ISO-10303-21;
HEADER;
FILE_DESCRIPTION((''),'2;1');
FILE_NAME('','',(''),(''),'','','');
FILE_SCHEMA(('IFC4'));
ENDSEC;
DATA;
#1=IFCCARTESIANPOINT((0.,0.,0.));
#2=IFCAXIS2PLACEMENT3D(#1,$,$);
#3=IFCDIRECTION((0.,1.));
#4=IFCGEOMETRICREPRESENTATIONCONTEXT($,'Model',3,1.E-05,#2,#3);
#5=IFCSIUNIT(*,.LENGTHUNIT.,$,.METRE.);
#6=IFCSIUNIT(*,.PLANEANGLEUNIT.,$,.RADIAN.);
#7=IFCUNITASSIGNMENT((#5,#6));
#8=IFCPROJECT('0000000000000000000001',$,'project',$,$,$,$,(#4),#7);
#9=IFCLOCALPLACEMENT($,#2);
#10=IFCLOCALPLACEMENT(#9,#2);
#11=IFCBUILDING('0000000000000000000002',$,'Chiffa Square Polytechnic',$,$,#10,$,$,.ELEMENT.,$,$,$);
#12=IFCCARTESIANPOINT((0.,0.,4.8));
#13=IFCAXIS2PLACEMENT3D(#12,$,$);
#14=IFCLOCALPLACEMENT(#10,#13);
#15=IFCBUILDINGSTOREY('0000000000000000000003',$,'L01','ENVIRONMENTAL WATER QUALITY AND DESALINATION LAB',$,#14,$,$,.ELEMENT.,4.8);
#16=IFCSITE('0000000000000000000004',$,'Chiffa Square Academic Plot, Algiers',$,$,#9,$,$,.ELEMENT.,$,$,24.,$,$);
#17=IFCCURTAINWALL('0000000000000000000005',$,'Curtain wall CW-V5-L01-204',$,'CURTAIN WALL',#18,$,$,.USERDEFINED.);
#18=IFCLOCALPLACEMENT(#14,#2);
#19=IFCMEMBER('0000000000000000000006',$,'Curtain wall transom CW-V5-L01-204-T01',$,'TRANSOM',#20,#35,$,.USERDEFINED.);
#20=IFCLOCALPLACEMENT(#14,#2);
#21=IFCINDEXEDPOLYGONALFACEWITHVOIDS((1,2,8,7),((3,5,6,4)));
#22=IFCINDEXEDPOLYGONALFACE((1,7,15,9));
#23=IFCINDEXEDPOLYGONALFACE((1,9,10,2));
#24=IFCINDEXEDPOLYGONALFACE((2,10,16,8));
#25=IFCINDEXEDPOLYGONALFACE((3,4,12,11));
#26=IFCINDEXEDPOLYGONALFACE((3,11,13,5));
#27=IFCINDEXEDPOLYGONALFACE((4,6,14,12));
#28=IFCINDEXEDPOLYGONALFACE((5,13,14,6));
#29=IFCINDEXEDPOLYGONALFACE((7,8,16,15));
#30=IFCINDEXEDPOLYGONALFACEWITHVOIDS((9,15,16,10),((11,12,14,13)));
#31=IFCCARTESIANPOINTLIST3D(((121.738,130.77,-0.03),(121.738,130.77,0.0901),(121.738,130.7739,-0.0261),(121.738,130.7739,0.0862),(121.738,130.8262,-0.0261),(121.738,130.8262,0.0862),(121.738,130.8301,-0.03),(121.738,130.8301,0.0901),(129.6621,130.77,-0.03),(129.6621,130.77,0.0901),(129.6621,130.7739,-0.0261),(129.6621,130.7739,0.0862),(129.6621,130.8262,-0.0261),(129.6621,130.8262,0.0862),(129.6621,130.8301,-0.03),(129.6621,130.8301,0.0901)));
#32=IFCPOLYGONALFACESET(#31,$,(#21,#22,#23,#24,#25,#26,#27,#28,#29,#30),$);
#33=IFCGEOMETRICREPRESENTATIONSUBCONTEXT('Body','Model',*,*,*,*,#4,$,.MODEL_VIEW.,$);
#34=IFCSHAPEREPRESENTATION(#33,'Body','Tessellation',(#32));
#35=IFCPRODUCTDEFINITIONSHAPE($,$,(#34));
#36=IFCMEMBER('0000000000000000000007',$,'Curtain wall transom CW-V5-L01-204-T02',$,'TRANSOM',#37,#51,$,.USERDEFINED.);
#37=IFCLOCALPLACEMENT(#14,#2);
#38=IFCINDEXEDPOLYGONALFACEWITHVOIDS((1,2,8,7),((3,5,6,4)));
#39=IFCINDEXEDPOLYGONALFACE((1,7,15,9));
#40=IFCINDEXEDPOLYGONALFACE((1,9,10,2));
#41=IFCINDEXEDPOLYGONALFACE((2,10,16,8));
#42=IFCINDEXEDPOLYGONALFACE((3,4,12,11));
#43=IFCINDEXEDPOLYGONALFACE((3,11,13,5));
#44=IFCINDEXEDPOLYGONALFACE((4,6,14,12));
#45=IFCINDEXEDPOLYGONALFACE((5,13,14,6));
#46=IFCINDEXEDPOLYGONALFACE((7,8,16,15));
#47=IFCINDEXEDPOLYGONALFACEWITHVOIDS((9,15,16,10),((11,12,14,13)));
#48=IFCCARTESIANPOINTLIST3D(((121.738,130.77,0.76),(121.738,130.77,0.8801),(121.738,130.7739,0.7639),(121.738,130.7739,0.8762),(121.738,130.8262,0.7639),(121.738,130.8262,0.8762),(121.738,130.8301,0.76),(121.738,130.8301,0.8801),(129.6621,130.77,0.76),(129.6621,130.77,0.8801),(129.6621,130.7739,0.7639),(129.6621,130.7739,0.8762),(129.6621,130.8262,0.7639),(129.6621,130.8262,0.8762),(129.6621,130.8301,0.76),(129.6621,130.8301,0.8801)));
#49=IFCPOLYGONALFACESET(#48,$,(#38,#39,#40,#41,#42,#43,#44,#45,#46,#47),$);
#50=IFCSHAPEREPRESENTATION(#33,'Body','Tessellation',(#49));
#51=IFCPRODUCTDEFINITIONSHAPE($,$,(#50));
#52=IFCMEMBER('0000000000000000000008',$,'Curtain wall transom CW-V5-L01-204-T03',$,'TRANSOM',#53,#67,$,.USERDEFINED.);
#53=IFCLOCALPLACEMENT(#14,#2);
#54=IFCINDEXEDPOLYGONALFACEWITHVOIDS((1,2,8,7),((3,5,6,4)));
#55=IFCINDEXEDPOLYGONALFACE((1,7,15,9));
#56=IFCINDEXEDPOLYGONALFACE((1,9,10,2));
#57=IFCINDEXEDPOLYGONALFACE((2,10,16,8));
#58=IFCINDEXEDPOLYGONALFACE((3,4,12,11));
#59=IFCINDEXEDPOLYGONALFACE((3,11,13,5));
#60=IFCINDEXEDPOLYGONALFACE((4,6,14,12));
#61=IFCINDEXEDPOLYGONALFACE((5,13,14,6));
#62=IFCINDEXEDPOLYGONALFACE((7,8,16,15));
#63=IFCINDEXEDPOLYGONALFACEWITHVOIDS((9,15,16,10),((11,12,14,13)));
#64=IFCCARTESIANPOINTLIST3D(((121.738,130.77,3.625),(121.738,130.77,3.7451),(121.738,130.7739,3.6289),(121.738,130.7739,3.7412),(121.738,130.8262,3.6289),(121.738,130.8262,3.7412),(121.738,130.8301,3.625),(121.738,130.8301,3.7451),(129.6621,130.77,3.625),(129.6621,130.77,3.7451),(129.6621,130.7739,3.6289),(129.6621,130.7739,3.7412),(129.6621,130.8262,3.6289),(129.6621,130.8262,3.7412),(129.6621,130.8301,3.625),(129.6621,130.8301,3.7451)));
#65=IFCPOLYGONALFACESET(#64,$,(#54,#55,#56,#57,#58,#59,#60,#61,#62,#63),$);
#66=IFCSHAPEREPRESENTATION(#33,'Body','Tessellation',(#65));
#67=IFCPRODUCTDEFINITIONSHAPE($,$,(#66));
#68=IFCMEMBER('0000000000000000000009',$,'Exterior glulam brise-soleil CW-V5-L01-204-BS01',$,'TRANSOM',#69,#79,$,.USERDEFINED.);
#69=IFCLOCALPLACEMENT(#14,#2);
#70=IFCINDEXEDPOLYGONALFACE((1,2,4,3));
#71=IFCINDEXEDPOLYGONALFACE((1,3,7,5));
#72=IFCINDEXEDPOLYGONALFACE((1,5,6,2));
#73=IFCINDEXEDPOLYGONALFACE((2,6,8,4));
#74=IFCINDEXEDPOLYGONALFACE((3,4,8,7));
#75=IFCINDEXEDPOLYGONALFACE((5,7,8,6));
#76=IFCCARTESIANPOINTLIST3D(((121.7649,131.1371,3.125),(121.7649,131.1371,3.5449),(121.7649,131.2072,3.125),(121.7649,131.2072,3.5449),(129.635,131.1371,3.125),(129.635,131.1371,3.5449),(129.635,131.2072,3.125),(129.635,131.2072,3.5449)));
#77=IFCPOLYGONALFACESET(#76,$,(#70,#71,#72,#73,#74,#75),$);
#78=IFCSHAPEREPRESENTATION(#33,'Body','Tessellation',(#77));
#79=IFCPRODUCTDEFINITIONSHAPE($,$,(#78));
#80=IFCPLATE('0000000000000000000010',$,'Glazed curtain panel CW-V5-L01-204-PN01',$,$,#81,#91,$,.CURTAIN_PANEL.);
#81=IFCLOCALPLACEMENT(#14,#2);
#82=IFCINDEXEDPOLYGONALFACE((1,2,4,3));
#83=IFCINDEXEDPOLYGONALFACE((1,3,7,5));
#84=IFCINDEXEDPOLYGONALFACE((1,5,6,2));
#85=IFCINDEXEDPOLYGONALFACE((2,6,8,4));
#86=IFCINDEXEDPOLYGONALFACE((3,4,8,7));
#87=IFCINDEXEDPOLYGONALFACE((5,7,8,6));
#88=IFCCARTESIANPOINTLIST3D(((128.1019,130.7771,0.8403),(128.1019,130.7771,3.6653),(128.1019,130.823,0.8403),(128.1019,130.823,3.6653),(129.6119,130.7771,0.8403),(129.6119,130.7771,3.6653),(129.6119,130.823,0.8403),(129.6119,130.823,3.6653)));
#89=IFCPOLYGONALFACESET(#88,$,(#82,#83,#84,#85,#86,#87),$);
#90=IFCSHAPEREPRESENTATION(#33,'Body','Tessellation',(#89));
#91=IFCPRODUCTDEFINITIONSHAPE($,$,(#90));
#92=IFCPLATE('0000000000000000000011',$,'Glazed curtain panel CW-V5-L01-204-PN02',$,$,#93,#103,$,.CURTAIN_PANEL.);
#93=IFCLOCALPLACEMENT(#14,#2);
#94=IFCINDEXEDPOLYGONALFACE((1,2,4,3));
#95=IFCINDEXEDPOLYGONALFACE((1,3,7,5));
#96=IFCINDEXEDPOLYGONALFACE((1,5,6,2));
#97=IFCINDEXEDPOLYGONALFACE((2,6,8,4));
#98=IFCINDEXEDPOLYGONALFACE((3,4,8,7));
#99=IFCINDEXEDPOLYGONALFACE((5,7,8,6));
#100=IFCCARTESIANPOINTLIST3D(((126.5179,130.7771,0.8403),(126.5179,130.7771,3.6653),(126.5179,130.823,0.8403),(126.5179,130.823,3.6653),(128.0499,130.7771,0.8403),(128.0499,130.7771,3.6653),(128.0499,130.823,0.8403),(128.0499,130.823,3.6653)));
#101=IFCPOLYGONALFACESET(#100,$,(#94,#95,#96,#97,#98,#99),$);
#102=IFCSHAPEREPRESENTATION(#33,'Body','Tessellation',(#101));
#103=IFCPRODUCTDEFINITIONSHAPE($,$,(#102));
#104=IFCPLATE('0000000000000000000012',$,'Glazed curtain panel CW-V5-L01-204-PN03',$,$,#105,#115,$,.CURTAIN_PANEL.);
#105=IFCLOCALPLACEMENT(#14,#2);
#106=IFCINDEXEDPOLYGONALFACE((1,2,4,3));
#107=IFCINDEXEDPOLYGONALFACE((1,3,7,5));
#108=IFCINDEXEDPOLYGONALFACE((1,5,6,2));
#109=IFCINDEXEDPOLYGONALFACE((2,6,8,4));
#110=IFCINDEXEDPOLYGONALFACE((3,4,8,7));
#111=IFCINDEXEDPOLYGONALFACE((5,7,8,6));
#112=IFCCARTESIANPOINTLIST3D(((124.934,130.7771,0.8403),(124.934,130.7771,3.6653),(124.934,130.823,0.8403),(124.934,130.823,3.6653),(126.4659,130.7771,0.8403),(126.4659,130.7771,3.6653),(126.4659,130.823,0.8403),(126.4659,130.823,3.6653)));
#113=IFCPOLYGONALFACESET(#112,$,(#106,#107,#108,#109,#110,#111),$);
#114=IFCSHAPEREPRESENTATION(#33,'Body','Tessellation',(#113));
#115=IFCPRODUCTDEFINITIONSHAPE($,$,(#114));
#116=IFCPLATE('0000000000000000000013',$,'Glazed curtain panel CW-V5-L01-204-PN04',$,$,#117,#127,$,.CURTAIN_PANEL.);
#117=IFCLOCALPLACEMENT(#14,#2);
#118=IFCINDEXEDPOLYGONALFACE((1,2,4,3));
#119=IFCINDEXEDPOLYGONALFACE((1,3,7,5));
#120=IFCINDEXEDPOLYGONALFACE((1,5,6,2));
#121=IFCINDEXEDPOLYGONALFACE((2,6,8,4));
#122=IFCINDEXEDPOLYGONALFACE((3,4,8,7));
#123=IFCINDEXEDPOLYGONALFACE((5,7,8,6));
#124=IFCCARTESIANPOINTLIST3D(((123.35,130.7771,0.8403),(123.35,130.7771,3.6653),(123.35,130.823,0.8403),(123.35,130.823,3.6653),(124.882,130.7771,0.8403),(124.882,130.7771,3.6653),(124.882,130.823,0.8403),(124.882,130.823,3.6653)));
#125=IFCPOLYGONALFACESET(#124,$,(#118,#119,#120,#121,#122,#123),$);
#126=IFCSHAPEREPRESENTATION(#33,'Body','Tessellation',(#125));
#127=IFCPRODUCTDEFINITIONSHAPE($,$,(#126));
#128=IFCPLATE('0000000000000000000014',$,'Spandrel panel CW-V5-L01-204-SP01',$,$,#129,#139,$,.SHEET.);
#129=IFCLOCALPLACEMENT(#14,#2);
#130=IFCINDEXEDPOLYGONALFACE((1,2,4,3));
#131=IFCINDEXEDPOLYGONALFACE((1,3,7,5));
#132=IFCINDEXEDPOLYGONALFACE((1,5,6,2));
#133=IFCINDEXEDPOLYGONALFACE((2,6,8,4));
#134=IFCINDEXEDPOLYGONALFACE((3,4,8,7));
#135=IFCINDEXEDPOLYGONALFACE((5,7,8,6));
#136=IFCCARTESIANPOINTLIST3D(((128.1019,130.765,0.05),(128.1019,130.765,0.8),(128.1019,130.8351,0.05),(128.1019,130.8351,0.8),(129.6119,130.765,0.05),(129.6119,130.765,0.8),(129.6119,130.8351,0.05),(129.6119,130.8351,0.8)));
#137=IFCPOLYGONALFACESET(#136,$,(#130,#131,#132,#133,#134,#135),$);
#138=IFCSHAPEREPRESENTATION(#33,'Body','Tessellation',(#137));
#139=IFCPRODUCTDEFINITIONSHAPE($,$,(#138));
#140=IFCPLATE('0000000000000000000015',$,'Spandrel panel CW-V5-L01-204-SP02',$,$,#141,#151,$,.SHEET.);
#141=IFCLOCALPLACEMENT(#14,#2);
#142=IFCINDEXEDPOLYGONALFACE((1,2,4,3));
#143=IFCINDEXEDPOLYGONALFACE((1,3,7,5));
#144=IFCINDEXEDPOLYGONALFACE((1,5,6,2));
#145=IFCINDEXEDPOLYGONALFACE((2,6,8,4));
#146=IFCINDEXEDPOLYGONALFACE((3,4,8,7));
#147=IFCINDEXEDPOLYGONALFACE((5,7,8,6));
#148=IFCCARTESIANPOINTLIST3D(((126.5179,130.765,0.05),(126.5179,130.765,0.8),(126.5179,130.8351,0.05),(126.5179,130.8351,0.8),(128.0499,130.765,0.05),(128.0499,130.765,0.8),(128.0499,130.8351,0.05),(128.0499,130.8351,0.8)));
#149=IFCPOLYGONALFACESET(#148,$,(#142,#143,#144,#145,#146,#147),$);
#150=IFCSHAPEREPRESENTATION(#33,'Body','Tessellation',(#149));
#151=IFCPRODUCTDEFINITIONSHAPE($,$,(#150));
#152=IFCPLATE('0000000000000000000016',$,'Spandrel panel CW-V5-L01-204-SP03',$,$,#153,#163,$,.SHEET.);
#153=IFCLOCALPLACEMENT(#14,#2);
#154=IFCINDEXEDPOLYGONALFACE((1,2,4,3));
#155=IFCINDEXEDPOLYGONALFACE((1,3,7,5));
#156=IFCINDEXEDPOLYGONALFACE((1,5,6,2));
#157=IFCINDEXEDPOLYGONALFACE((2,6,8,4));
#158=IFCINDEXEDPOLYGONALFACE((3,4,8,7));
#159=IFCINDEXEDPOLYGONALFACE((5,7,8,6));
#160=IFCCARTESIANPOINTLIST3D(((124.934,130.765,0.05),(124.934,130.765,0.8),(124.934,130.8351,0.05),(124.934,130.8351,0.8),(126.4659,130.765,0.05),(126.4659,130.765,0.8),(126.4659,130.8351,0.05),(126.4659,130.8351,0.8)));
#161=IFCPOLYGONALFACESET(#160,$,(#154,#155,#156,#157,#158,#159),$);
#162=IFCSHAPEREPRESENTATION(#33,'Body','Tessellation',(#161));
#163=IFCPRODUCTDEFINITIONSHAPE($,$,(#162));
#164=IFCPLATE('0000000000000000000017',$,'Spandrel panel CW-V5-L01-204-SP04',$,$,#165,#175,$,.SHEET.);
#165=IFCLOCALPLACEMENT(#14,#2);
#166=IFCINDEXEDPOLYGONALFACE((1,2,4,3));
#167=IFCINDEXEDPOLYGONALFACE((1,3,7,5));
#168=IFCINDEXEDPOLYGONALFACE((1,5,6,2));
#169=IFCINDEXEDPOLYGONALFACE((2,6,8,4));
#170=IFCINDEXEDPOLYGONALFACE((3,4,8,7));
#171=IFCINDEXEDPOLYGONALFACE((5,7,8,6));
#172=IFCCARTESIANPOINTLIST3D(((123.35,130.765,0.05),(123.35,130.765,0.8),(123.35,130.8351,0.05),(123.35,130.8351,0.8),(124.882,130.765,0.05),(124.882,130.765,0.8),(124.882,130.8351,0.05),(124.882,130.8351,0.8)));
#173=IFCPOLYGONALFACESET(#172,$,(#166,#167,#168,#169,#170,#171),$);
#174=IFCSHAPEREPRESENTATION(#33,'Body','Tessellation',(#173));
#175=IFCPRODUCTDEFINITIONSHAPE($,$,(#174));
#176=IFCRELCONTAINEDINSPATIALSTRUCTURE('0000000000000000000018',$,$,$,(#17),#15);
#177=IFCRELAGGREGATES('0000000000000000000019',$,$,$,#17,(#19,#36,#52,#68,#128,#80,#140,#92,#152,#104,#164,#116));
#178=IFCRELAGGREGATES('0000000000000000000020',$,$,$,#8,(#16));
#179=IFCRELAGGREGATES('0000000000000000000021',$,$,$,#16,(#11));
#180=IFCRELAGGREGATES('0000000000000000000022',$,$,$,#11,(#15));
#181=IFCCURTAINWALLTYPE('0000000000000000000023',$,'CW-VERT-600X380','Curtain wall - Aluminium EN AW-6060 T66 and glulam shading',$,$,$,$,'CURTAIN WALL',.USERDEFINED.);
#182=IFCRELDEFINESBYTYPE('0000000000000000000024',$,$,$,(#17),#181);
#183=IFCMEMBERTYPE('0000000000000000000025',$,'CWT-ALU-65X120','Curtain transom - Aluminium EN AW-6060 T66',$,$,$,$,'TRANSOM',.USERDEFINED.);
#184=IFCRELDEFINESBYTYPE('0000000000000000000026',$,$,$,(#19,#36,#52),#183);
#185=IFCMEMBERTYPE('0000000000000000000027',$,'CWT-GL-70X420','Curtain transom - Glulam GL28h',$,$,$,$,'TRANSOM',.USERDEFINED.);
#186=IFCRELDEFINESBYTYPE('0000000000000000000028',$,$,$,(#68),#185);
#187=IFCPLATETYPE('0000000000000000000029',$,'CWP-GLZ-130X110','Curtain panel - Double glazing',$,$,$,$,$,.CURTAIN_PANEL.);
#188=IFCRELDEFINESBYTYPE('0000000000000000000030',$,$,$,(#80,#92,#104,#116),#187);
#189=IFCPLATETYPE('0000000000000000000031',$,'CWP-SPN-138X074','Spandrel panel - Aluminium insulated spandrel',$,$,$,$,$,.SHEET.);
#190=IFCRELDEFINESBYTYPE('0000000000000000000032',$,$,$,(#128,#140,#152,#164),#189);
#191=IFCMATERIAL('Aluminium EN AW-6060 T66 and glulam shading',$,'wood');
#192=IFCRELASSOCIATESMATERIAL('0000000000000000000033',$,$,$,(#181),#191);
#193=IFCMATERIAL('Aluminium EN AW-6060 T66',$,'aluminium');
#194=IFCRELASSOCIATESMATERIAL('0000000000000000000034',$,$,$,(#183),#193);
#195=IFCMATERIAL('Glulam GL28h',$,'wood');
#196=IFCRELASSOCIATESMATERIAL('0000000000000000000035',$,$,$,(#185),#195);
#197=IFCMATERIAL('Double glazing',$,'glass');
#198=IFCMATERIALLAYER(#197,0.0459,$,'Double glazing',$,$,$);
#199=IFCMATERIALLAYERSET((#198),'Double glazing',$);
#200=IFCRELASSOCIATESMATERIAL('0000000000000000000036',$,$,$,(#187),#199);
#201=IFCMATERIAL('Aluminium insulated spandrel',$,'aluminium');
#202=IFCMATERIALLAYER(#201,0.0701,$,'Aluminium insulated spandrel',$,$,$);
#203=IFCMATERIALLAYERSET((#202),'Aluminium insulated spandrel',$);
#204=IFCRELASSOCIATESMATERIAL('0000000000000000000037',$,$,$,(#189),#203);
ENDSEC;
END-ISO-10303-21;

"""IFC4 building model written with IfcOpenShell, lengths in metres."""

from ifc_helpers import new_model, si_unit, direction, frame, origin, origin_2d, place, context, subcontext, project, spatial, rectangle, hollow_rectangle, extrude, material, layer, layer_set, material_profile, profile_set, type_object, element, aggregate, save


model = new_model("IFC4")

# Units and contexts
model_context = context("Model", 3, precision=1e-05, world=origin(), true_north=direction((0.0, 1.0)))
body_context = subcontext(model_context, "Body", "Model", "MODEL_VIEW")
ifc_project = project(units=[si_unit("LENGTHUNIT", "METRE"), si_unit("PLANEANGLEUNIT", "RADIAN")], contexts=[model_context])

# Site, building, storey
site_placement = place(None, origin())
site = spatial("IfcSite", under=ifc_project, at=site_placement, Name="Chiffa Square Academic Plot, Algiers", CompositionType="ELEMENT", RefElevation=24.0)
building_placement = place(site_placement, origin())
building = spatial("IfcBuilding", under=site, at=building_placement, Name="Chiffa Square Polytechnic", CompositionType="ELEMENT")
storey_placement = place(building_placement, frame((0.0, 0.0, 4.8)))
storey = spatial("IfcBuildingStorey", under=building, at=storey_placement, Name="L01", Description="ENVIRONMENTAL WATER QUALITY AND DESALINATION LAB", CompositionType="ELEMENT", Elevation=4.8)

# Curtain wall, members, plates
ifc_material_1 = material(Name="Aluminium EN AW-6060 T66 and glulam shading", Category="wood")
curtain_wall_type = type_object("IfcCurtainWallType", Name="CW-VERT-600X380", Description="Curtain wall - Aluminium EN AW-6060 T66 and glulam shading", ElementType="CURTAIN WALL", PredefinedType="USERDEFINED", material=ifc_material_1)
curtain_wall_placement = place(storey_placement, origin())
curtain_wall = element("IfcCurtainWall", 1, at=curtain_wall_placement, inside=storey, type_object=curtain_wall_type, Name="Curtain wall CW-V5-L01-204", ObjectType="CURTAIN WALL", PredefinedType="USERDEFINED")
ifc_material_2 = material(Name="Aluminium EN AW-6060 T66", Category="aluminium")
ifc_material_3 = material(Name="Glulam GL28h", Category="wood")
ifc_material_profile_1 = material_profile(ifc_material_2, hollow_rectangle(XDim=0.0601, YDim=0.1201, WallThickness=0.0039, at=origin_2d()), Name="ALU 60x120x4")
ifc_profile_set_1 = profile_set([ifc_material_profile_1], Name="Aluminium EN AW-6060 T66")
member_type_1 = type_object("IfcMemberType", Name="CWT-ALU-65X120", Description="Curtain transom - Aluminium EN AW-6060 T66", ElementType="TRANSOM", PredefinedType="USERDEFINED", material=ifc_profile_set_1)
member_1_placement = place(storey_placement, frame((129.6621, 130.8, 0.03), z_axis=(-1.0, 0.0, 0.0), x_axis=(0.0, -1.0, 0.0)))
member_1 = element("IfcMember", 2, at=member_1_placement, type_object=member_type_1, Name="Curtain wall transom CW-V5-L01-204-T01", ObjectType="TRANSOM", PredefinedType="USERDEFINED", context=body_context, shape_type="SweptSolid", body=[
    extrude(hollow_rectangle(XDim=0.0601, YDim=0.1201, WallThickness=0.0039, at=origin_2d()), origin(), (0.0, 0.0, 1.0), 7.9241),
])
member_2_placement = place(storey_placement, frame((129.6621, 130.8, 0.8201), z_axis=(-1.0, 0.0, 0.0), x_axis=(0.0, -1.0, 0.0)))
member_2 = element("IfcMember", 3, at=member_2_placement, type_object=member_type_1, Name="Curtain wall transom CW-V5-L01-204-T02", ObjectType="TRANSOM", PredefinedType="USERDEFINED", context=body_context, shape_type="SweptSolid", body=[
    extrude(hollow_rectangle(XDim=0.0601, YDim=0.1201, WallThickness=0.0039, at=origin_2d()), origin(), (0.0, 0.0, 1.0), 7.9241),
])
member_3_placement = place(storey_placement, frame((129.6621, 130.8, 3.6851), z_axis=(-1.0, 0.0, 0.0), x_axis=(0.0, -1.0, 0.0)))
member_3 = element("IfcMember", 4, at=member_3_placement, type_object=member_type_1, Name="Curtain wall transom CW-V5-L01-204-T03", ObjectType="TRANSOM", PredefinedType="USERDEFINED", context=body_context, shape_type="SweptSolid", body=[
    extrude(hollow_rectangle(XDim=0.0601, YDim=0.1201, WallThickness=0.0039, at=origin_2d()), origin(), (0.0, 0.0, 1.0), 7.9241),
])
ifc_material_profile_2 = material_profile(ifc_material_3, rectangle(XDim=0.0701, YDim=0.4199, at=origin_2d()), Name="GL28h 70x420")
ifc_profile_set_2 = profile_set([ifc_material_profile_2], Name="Glulam GL28h")
member_type_2 = type_object("IfcMemberType", Name="CWT-GL-70X420", Description="Curtain transom - Glulam GL28h", ElementType="TRANSOM", PredefinedType="USERDEFINED", material=ifc_profile_set_2)
member_4_placement = place(storey_placement, frame((129.635, 131.1721, 3.335), z_axis=(-1.0, 0.0, 0.0), x_axis=(0.0, -1.0, 0.0)))
member_4 = element("IfcMember", 5, at=member_4_placement, type_object=member_type_2, Name="Exterior glulam brise-soleil CW-V5-L01-204-BS01", ObjectType="TRANSOM", PredefinedType="USERDEFINED", context=body_context, shape_type="SweptSolid", body=[
    extrude(rectangle(XDim=0.0701, YDim=0.4199, at=origin_2d()), origin(), (0.0, 0.0, 1.0), 7.8701),
])
ifc_material_4 = material(Name="Double glazing", Category="glass")
ifc_layer_1 = layer(ifc_material_4, 0.0459, Name="Double glazing")
ifc_layer_set_1 = layer_set([ifc_layer_1], Name="Double glazing")
plate_type_1 = type_object("IfcPlateType", Name="CWP-GLZ-130X110", Description="Curtain panel - Double glazing", PredefinedType="CURTAIN_PANEL", material=ifc_layer_set_1)
plate_1_placement = place(storey_placement, frame((128.8569, 130.8, 0.8403), z_axis=(0.0, 0.0, 1.0), x_axis=(-1.0, 0.0, 0.0)))
plate_1 = element("IfcPlate", 6, at=plate_1_placement, type_object=plate_type_1, Name="Glazed curtain panel CW-V5-L01-204-PN01", PredefinedType="CURTAIN_PANEL", context=body_context, shape_type="SweptSolid", body=[
    extrude(rectangle(XDim=1.51, YDim=0.0459, at=origin_2d()), origin(), (0.0, 0.0, 1.0), 2.825),
])
plate_2_placement = place(storey_placement, frame((127.2839, 130.8, 0.8403), z_axis=(0.0, 0.0, 1.0), x_axis=(-1.0, 0.0, 0.0)))
plate_2 = element("IfcPlate", 7, at=plate_2_placement, type_object=plate_type_1, Name="Glazed curtain panel CW-V5-L01-204-PN02", PredefinedType="CURTAIN_PANEL", context=body_context, shape_type="SweptSolid", body=[
    extrude(rectangle(XDim=1.532, YDim=0.0459, at=origin_2d()), origin(), (0.0, 0.0, 1.0), 2.825),
])
plate_3_placement = place(storey_placement, frame((125.7, 130.8, 0.8403), z_axis=(0.0, 0.0, 1.0), x_axis=(-1.0, 0.0, 0.0)))
plate_3 = element("IfcPlate", 8, at=plate_3_placement, type_object=plate_type_1, Name="Glazed curtain panel CW-V5-L01-204-PN03", PredefinedType="CURTAIN_PANEL", context=body_context, shape_type="SweptSolid", body=[
    extrude(rectangle(XDim=1.532, YDim=0.0459, at=origin_2d()), origin(), (0.0, 0.0, 1.0), 2.825),
])
plate_4_placement = place(storey_placement, frame((124.116, 130.8, 0.8403), z_axis=(0.0, 0.0, 1.0), x_axis=(-1.0, 0.0, 0.0)))
plate_4 = element("IfcPlate", 9, at=plate_4_placement, type_object=plate_type_1, Name="Glazed curtain panel CW-V5-L01-204-PN04", PredefinedType="CURTAIN_PANEL", context=body_context, shape_type="SweptSolid", body=[
    extrude(rectangle(XDim=1.532, YDim=0.0459, at=origin_2d()), origin(), (0.0, 0.0, 1.0), 2.825),
])
ifc_material_5 = material(Name="Aluminium insulated spandrel", Category="aluminium")
ifc_layer_2 = layer(ifc_material_5, 0.0701, Name="Aluminium insulated spandrel")
ifc_layer_set_2 = layer_set([ifc_layer_2], Name="Aluminium insulated spandrel")
plate_type_2 = type_object("IfcPlateType", Name="CWP-SPN-138X074", Description="Spandrel panel - Aluminium insulated spandrel", PredefinedType="SHEET", material=ifc_layer_set_2)
plate_5_placement = place(storey_placement, frame((128.8569, 130.8, 0.05), z_axis=(0.0, 0.0, 1.0), x_axis=(-1.0, 0.0, 0.0)))
plate_5 = element("IfcPlate", 10, at=plate_5_placement, type_object=plate_type_2, Name="Spandrel panel CW-V5-L01-204-SP01", PredefinedType="SHEET", context=body_context, shape_type="SweptSolid", body=[
    extrude(rectangle(XDim=1.51, YDim=0.0701, at=origin_2d()), origin(), (0.0, 0.0, 1.0), 0.75),
])
plate_6_placement = place(storey_placement, frame((127.2839, 130.8, 0.05), z_axis=(0.0, 0.0, 1.0), x_axis=(-1.0, 0.0, 0.0)))
plate_6 = element("IfcPlate", 11, at=plate_6_placement, type_object=plate_type_2, Name="Spandrel panel CW-V5-L01-204-SP02", PredefinedType="SHEET", context=body_context, shape_type="SweptSolid", body=[
    extrude(rectangle(XDim=1.532, YDim=0.0701, at=origin_2d()), origin(), (0.0, 0.0, 1.0), 0.75),
])
plate_7_placement = place(storey_placement, frame((125.7, 130.8, 0.05), z_axis=(0.0, 0.0, 1.0), x_axis=(-1.0, 0.0, 0.0)))
plate_7 = element("IfcPlate", 12, at=plate_7_placement, type_object=plate_type_2, Name="Spandrel panel CW-V5-L01-204-SP03", PredefinedType="SHEET", context=body_context, shape_type="SweptSolid", body=[
    extrude(rectangle(XDim=1.532, YDim=0.0701, at=origin_2d()), origin(), (0.0, 0.0, 1.0), 0.75),
])
plate_8_placement = place(storey_placement, frame((124.116, 130.8, 0.05), z_axis=(0.0, 0.0, 1.0), x_axis=(-1.0, 0.0, 0.0)))
plate_8 = element("IfcPlate", 13, at=plate_8_placement, type_object=plate_type_2, Name="Spandrel panel CW-V5-L01-204-SP04", PredefinedType="SHEET", context=body_context, shape_type="SweptSolid", body=[
    extrude(rectangle(XDim=1.532, YDim=0.0701, at=origin_2d()), origin(), (0.0, 0.0, 1.0), 0.75),
])
aggregate(curtain_wall, [member_1, member_2, member_3, member_4, plate_5, plate_1, plate_6, plate_2, plate_7, plate_3, plate_8, plate_4])

save(model, "model.ifc")
